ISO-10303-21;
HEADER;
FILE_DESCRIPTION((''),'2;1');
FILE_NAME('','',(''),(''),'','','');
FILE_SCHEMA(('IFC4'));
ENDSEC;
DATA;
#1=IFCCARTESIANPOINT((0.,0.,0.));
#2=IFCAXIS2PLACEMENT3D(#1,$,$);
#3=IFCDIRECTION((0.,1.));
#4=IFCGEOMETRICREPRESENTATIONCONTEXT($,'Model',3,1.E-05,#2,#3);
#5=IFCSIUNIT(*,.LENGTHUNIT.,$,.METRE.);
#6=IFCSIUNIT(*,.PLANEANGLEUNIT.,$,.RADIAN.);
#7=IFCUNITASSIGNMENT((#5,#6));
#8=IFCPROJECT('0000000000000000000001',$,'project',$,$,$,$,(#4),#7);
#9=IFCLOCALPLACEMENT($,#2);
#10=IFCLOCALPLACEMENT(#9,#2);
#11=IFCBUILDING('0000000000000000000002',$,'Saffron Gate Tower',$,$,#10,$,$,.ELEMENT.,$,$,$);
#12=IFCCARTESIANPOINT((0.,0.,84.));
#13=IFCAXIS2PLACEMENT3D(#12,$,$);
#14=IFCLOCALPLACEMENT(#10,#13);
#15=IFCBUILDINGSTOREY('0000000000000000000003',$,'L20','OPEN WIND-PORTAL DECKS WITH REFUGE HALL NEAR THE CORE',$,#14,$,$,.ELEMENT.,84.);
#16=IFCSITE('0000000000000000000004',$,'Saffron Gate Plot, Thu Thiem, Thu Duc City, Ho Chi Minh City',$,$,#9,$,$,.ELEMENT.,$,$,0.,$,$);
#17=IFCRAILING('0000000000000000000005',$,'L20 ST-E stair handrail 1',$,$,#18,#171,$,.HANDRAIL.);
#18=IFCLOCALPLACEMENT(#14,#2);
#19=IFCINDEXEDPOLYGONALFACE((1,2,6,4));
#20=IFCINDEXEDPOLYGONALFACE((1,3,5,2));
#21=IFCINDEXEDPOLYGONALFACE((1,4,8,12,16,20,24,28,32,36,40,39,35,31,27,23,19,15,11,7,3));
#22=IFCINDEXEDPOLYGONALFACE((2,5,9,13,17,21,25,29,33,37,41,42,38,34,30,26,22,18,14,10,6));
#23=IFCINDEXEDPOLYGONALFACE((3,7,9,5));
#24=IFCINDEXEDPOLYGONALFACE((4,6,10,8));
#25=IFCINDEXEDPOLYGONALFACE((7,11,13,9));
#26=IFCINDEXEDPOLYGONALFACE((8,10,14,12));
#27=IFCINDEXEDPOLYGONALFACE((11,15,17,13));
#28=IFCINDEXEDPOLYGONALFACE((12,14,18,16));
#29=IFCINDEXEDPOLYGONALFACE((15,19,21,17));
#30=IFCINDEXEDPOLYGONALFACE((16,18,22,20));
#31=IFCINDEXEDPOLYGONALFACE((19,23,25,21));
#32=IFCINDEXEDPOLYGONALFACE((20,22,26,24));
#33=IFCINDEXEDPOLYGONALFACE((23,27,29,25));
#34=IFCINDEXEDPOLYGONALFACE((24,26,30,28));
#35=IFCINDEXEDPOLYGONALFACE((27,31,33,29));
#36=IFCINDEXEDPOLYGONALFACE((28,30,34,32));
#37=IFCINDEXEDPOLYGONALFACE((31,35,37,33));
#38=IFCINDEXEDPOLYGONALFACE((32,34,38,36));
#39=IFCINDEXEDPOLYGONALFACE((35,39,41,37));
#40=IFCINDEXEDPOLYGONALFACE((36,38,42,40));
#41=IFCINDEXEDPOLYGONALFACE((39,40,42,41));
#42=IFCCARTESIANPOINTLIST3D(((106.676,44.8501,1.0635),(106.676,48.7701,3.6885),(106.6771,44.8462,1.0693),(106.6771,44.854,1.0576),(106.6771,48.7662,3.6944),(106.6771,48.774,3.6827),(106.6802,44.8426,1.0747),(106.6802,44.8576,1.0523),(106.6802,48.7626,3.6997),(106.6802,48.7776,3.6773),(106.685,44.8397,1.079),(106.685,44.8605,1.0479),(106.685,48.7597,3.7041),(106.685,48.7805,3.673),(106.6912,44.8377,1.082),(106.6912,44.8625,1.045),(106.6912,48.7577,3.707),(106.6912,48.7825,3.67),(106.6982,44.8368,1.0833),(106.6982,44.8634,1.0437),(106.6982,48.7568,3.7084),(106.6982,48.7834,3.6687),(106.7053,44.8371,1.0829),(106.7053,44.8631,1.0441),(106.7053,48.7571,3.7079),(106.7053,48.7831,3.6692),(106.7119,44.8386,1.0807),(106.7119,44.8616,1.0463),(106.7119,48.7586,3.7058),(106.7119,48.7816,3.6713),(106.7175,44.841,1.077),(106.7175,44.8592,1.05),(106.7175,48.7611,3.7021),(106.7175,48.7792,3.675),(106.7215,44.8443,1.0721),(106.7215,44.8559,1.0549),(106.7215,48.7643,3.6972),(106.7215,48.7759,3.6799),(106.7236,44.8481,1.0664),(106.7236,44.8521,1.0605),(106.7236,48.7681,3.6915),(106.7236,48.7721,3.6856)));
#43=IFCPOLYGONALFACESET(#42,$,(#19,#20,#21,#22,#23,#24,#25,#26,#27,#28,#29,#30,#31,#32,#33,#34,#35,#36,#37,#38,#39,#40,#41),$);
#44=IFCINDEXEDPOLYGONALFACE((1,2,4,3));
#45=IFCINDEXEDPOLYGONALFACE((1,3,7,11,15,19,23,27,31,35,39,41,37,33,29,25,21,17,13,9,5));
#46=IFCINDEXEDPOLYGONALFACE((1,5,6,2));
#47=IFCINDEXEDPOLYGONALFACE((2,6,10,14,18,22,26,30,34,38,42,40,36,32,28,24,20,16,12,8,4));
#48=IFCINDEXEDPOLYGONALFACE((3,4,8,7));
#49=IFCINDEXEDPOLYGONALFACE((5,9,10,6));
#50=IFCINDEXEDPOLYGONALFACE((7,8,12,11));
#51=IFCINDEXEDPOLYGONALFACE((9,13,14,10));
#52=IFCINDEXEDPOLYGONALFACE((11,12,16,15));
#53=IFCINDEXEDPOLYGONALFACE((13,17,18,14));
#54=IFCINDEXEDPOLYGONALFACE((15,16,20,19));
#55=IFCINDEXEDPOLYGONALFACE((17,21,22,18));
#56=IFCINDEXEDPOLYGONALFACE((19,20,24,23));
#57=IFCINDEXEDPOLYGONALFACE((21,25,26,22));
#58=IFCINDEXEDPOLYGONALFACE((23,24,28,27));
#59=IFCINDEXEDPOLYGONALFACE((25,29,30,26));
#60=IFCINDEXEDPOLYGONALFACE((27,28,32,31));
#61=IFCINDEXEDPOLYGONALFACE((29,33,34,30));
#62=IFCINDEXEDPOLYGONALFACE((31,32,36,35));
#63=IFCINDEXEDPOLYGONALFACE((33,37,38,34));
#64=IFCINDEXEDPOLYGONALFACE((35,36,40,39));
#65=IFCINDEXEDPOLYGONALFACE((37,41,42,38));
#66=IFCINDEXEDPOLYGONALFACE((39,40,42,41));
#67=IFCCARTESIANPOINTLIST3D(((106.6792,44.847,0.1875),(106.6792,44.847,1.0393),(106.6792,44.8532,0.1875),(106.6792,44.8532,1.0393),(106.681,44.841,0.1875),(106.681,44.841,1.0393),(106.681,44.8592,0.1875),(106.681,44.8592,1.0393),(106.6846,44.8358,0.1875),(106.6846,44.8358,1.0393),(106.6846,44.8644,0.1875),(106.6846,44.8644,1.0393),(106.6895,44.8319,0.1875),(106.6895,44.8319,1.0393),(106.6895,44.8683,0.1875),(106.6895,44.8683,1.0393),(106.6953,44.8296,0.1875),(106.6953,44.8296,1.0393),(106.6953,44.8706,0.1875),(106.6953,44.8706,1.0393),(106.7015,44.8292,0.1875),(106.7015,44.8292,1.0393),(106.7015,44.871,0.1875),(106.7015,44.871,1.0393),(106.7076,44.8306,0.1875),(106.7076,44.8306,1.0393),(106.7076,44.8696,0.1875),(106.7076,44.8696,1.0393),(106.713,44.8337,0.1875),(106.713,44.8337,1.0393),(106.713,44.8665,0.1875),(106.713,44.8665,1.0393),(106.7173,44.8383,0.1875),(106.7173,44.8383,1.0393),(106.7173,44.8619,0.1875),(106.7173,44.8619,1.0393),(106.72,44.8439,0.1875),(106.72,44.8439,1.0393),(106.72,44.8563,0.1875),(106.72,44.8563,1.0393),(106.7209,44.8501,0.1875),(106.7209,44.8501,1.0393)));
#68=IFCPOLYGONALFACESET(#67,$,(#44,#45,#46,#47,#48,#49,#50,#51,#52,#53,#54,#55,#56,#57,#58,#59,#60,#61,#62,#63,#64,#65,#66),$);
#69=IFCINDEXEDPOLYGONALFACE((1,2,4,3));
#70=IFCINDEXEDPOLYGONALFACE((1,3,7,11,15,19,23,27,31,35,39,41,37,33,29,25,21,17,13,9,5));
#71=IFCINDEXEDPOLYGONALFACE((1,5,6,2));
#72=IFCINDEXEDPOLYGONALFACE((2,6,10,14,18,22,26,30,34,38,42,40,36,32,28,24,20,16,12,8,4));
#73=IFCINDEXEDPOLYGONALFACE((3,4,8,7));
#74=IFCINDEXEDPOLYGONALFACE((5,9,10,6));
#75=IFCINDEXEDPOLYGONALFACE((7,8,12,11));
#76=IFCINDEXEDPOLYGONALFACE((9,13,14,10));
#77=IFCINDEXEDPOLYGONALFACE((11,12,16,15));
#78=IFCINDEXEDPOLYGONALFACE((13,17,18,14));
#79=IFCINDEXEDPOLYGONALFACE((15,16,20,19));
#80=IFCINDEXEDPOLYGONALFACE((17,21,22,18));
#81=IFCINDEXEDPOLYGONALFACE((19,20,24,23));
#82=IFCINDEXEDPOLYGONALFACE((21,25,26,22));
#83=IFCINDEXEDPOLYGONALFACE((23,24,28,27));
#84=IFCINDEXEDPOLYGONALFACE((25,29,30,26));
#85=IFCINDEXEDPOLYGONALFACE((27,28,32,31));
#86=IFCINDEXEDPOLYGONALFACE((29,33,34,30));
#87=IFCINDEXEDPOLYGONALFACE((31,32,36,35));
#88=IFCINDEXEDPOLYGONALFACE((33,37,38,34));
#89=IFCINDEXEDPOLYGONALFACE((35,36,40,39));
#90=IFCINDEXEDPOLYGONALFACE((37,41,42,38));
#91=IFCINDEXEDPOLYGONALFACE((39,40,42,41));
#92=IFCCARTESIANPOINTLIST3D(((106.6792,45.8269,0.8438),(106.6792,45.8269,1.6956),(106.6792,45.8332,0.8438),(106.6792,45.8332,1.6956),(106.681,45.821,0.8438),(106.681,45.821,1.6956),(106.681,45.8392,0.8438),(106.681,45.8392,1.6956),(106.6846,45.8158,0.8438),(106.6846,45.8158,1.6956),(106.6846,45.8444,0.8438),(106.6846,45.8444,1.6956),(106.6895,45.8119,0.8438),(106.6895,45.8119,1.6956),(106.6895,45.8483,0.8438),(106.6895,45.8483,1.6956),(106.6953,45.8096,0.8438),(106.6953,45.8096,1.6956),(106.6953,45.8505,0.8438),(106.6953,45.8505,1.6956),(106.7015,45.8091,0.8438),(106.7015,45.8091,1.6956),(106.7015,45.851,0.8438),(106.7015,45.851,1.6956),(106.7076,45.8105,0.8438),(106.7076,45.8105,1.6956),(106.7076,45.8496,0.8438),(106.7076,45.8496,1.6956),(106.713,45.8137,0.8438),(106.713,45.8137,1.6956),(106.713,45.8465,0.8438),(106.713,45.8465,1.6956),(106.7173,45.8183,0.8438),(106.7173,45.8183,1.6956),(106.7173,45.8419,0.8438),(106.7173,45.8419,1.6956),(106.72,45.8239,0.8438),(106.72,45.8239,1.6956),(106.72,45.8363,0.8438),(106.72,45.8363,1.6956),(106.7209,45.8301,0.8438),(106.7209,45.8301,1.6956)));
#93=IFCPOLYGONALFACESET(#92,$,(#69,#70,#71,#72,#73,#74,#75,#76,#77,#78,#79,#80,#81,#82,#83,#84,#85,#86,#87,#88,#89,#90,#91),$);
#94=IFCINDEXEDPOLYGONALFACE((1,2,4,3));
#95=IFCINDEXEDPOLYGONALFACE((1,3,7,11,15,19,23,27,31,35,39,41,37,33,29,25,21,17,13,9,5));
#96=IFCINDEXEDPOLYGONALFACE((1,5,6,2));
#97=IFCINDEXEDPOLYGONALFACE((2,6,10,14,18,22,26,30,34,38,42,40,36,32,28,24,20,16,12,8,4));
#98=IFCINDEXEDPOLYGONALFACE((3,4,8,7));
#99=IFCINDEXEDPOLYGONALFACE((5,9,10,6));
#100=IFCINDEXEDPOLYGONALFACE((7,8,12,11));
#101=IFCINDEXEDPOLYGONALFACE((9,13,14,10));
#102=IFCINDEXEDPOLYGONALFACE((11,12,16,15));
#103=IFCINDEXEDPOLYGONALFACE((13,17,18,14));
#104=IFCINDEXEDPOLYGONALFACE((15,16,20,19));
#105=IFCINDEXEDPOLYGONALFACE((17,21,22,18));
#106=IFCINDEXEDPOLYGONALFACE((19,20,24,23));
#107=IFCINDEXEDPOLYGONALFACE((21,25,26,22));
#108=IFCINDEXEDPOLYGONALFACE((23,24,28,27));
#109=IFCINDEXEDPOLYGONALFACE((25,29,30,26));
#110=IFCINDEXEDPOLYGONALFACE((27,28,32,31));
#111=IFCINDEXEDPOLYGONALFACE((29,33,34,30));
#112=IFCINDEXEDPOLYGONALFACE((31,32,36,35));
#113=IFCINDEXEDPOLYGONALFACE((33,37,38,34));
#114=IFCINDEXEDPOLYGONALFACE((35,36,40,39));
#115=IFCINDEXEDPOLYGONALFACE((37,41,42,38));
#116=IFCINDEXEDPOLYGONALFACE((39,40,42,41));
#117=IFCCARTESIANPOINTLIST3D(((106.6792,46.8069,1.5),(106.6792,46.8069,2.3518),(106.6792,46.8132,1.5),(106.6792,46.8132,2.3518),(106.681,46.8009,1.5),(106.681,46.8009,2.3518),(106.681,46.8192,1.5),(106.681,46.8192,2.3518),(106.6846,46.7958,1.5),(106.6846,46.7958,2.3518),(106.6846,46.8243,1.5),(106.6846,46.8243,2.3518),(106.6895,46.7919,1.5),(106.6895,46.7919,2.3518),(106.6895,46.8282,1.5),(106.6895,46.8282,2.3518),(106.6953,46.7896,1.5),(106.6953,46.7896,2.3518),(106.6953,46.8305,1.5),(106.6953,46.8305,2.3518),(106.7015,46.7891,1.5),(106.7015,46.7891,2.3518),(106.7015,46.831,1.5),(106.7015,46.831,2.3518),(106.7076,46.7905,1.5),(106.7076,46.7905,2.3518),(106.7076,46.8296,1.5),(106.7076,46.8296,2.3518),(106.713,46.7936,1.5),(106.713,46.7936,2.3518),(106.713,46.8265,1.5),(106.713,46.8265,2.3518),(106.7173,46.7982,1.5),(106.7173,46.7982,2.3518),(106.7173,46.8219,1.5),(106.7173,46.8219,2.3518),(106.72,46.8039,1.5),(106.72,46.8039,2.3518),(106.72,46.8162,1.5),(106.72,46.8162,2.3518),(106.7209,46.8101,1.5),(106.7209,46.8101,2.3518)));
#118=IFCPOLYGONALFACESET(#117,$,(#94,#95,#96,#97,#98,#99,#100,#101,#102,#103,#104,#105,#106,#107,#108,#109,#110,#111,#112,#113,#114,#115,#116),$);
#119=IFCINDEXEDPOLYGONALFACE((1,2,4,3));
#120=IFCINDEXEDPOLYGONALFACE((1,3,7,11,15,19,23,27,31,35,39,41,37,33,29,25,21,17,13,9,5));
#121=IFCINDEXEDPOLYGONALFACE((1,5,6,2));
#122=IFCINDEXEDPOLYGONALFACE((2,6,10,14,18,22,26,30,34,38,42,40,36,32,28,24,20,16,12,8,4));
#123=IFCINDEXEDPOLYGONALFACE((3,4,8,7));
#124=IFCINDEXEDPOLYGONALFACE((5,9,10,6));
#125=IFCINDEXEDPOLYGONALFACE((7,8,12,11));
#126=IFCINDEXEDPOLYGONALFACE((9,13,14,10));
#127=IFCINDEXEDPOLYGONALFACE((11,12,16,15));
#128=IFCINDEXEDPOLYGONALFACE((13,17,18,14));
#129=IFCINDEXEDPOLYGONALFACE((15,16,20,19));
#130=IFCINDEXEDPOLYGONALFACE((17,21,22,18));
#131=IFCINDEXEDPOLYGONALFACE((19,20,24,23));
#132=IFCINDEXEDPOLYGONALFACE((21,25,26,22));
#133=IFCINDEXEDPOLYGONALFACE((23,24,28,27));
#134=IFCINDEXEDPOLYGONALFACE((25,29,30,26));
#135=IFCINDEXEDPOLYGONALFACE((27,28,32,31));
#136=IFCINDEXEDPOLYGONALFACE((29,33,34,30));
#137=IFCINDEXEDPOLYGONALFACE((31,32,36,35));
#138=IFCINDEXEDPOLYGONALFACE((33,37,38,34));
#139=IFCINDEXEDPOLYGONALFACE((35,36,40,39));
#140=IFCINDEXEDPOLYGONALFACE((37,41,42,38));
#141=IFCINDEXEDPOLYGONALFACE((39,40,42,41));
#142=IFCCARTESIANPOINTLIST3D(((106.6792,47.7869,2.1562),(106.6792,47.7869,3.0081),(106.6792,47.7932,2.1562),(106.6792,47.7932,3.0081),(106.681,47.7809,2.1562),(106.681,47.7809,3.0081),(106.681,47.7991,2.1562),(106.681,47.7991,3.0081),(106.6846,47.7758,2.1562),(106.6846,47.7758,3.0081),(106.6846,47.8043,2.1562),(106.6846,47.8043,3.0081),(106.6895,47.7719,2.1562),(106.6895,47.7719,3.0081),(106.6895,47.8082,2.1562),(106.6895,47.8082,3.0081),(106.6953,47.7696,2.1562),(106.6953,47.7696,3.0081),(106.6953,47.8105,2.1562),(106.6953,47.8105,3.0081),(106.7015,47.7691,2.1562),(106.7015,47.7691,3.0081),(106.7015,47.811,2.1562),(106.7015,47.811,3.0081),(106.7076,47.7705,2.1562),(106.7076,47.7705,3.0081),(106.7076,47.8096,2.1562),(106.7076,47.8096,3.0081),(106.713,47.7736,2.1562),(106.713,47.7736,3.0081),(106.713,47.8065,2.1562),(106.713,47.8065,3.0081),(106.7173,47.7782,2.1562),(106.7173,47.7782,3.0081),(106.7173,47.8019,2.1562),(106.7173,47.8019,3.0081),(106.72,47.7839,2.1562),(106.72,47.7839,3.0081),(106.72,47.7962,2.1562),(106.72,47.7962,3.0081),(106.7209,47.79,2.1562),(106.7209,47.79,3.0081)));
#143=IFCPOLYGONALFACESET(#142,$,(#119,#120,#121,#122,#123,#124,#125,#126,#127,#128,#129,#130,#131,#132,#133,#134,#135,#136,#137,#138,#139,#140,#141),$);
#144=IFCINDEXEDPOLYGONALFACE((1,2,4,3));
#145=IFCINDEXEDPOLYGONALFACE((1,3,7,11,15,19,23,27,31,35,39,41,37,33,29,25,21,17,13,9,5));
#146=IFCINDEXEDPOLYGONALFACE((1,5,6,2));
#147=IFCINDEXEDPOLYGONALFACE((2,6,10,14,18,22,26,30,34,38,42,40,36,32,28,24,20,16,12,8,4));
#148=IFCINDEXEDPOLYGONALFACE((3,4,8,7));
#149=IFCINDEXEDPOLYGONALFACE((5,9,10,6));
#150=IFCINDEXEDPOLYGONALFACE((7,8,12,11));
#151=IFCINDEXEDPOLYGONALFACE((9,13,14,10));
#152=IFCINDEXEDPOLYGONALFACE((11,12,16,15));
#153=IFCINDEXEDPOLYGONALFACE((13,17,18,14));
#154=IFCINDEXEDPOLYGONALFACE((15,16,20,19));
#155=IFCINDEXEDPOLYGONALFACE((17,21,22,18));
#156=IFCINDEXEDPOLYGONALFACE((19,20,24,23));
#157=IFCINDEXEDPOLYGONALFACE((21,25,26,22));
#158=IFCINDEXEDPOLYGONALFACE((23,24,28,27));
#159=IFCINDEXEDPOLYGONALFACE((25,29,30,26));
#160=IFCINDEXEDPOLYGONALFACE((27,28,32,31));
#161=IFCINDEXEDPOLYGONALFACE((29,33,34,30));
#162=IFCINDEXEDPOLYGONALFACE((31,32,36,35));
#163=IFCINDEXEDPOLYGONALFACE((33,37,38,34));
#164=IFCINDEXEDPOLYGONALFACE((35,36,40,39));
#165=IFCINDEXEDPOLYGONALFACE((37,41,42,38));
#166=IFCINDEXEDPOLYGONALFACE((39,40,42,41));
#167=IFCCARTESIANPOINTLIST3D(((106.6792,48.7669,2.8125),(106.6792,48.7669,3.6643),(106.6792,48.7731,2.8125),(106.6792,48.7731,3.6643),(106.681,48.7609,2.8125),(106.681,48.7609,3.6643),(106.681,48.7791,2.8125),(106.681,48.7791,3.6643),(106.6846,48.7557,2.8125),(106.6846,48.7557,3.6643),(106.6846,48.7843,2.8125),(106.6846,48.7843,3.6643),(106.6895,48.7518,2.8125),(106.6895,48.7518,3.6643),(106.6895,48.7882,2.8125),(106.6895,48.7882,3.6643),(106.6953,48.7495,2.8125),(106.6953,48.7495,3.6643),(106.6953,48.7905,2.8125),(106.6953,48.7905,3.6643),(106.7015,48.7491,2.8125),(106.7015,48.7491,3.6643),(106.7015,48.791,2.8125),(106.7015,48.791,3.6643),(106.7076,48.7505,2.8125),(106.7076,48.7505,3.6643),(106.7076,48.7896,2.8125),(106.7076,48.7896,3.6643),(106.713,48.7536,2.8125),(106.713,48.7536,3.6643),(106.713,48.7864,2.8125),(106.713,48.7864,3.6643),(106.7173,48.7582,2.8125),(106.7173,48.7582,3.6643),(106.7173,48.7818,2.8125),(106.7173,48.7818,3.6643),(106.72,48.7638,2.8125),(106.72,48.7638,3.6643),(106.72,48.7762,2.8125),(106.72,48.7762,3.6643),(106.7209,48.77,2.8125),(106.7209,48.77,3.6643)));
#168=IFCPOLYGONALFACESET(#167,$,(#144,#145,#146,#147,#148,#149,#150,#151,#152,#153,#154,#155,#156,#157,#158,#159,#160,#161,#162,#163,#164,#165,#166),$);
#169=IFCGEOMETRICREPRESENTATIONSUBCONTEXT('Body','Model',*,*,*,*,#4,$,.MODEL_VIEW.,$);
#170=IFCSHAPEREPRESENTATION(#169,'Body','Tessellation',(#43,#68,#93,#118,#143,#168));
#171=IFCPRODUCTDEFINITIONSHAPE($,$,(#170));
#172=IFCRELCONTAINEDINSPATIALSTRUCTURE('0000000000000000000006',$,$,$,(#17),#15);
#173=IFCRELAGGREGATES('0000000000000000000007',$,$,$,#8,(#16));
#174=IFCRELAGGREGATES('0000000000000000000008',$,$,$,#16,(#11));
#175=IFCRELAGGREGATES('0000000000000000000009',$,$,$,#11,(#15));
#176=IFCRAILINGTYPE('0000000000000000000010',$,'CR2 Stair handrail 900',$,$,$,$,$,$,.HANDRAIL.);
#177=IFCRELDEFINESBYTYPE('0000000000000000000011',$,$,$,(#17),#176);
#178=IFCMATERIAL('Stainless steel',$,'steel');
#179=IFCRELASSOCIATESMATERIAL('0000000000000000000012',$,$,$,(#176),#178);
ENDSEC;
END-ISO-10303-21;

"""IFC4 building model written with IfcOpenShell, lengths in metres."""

from ifc_helpers import new_model, si_unit, direction, frame, origin, origin_2d, place, context, subcontext, project, spatial, circle, extrude, material, type_object, element, save


model = new_model("IFC4")

# Units and contexts
model_context = context("Model", 3, precision=1e-05, world=origin(), true_north=direction((0.0, 1.0)))
body_context = subcontext(model_context, "Body", "Model", "MODEL_VIEW")
ifc_project = project(units=[si_unit("LENGTHUNIT", "METRE"), si_unit("PLANEANGLEUNIT", "RADIAN")], contexts=[model_context])

# Site, building, storey
site_placement = place(None, origin())
site = spatial("IfcSite", under=ifc_project, at=site_placement, Name="Saffron Gate Plot, Thu Thiem, Thu Duc City, Ho Chi Minh City", CompositionType="ELEMENT", RefElevation=0.0)
building_placement = place(site_placement, origin())
building = spatial("IfcBuilding", under=site, at=building_placement, Name="Saffron Gate Tower", CompositionType="ELEMENT")
storey_placement = place(building_placement, frame((0.0, 0.0, 84.0)))
storey = spatial("IfcBuildingStorey", under=building, at=storey_placement, Name="L20", Description="OPEN WIND-PORTAL DECKS WITH REFUGE HALL NEAR THE CORE", CompositionType="ELEMENT", Elevation=84.0)

# Railing
ifc_material_1 = material(Name="Stainless steel", Category="steel")
railing_type_1 = type_object("IfcRailingType", Name="CR2 Stair handrail 900", PredefinedType="HANDRAIL", material=ifc_material_1)
railing_1_placement = place(storey_placement, frame((106.7, 44.8501, 0.1875)))
element("IfcRailing", 1, at=railing_1_placement, inside=storey, type_object=railing_type_1, Name="L20 ST-E stair handrail 1", PredefinedType="HANDRAIL", context=body_context, shape_type="SweptSolid", body=[
    extrude(circle(Radius=0.0239, at=origin_2d()), frame((0.0, 0.0, 0.876), z_axis=(0.0, 0.830902, 0.556419), x_axis=(-1.0, 0.0, 0.0)), (0.0, 0.0, 1.0), 4.7178),
    extrude(circle(Radius=0.021, at=origin_2d()), origin(), (0.0, 0.0, 1.0), 0.8518),
    extrude(circle(Radius=0.021, at=origin_2d()), frame((0.0, 0.98, 0.6562)), (0.0, 0.0, 1.0), 0.8518),
    extrude(circle(Radius=0.021, at=origin_2d()), frame((0.0, 1.96, 1.3125)), (0.0, 0.0, 1.0), 0.8518),
    extrude(circle(Radius=0.021, at=origin_2d()), frame((0.0, 2.9399, 1.9688)), (0.0, 0.0, 1.0), 0.8518),
    extrude(circle(Radius=0.021, at=origin_2d()), frame((0.0, 3.9199, 2.625)), (0.0, 0.0, 1.0), 0.8518),
])

save(model, "model.ifc")
